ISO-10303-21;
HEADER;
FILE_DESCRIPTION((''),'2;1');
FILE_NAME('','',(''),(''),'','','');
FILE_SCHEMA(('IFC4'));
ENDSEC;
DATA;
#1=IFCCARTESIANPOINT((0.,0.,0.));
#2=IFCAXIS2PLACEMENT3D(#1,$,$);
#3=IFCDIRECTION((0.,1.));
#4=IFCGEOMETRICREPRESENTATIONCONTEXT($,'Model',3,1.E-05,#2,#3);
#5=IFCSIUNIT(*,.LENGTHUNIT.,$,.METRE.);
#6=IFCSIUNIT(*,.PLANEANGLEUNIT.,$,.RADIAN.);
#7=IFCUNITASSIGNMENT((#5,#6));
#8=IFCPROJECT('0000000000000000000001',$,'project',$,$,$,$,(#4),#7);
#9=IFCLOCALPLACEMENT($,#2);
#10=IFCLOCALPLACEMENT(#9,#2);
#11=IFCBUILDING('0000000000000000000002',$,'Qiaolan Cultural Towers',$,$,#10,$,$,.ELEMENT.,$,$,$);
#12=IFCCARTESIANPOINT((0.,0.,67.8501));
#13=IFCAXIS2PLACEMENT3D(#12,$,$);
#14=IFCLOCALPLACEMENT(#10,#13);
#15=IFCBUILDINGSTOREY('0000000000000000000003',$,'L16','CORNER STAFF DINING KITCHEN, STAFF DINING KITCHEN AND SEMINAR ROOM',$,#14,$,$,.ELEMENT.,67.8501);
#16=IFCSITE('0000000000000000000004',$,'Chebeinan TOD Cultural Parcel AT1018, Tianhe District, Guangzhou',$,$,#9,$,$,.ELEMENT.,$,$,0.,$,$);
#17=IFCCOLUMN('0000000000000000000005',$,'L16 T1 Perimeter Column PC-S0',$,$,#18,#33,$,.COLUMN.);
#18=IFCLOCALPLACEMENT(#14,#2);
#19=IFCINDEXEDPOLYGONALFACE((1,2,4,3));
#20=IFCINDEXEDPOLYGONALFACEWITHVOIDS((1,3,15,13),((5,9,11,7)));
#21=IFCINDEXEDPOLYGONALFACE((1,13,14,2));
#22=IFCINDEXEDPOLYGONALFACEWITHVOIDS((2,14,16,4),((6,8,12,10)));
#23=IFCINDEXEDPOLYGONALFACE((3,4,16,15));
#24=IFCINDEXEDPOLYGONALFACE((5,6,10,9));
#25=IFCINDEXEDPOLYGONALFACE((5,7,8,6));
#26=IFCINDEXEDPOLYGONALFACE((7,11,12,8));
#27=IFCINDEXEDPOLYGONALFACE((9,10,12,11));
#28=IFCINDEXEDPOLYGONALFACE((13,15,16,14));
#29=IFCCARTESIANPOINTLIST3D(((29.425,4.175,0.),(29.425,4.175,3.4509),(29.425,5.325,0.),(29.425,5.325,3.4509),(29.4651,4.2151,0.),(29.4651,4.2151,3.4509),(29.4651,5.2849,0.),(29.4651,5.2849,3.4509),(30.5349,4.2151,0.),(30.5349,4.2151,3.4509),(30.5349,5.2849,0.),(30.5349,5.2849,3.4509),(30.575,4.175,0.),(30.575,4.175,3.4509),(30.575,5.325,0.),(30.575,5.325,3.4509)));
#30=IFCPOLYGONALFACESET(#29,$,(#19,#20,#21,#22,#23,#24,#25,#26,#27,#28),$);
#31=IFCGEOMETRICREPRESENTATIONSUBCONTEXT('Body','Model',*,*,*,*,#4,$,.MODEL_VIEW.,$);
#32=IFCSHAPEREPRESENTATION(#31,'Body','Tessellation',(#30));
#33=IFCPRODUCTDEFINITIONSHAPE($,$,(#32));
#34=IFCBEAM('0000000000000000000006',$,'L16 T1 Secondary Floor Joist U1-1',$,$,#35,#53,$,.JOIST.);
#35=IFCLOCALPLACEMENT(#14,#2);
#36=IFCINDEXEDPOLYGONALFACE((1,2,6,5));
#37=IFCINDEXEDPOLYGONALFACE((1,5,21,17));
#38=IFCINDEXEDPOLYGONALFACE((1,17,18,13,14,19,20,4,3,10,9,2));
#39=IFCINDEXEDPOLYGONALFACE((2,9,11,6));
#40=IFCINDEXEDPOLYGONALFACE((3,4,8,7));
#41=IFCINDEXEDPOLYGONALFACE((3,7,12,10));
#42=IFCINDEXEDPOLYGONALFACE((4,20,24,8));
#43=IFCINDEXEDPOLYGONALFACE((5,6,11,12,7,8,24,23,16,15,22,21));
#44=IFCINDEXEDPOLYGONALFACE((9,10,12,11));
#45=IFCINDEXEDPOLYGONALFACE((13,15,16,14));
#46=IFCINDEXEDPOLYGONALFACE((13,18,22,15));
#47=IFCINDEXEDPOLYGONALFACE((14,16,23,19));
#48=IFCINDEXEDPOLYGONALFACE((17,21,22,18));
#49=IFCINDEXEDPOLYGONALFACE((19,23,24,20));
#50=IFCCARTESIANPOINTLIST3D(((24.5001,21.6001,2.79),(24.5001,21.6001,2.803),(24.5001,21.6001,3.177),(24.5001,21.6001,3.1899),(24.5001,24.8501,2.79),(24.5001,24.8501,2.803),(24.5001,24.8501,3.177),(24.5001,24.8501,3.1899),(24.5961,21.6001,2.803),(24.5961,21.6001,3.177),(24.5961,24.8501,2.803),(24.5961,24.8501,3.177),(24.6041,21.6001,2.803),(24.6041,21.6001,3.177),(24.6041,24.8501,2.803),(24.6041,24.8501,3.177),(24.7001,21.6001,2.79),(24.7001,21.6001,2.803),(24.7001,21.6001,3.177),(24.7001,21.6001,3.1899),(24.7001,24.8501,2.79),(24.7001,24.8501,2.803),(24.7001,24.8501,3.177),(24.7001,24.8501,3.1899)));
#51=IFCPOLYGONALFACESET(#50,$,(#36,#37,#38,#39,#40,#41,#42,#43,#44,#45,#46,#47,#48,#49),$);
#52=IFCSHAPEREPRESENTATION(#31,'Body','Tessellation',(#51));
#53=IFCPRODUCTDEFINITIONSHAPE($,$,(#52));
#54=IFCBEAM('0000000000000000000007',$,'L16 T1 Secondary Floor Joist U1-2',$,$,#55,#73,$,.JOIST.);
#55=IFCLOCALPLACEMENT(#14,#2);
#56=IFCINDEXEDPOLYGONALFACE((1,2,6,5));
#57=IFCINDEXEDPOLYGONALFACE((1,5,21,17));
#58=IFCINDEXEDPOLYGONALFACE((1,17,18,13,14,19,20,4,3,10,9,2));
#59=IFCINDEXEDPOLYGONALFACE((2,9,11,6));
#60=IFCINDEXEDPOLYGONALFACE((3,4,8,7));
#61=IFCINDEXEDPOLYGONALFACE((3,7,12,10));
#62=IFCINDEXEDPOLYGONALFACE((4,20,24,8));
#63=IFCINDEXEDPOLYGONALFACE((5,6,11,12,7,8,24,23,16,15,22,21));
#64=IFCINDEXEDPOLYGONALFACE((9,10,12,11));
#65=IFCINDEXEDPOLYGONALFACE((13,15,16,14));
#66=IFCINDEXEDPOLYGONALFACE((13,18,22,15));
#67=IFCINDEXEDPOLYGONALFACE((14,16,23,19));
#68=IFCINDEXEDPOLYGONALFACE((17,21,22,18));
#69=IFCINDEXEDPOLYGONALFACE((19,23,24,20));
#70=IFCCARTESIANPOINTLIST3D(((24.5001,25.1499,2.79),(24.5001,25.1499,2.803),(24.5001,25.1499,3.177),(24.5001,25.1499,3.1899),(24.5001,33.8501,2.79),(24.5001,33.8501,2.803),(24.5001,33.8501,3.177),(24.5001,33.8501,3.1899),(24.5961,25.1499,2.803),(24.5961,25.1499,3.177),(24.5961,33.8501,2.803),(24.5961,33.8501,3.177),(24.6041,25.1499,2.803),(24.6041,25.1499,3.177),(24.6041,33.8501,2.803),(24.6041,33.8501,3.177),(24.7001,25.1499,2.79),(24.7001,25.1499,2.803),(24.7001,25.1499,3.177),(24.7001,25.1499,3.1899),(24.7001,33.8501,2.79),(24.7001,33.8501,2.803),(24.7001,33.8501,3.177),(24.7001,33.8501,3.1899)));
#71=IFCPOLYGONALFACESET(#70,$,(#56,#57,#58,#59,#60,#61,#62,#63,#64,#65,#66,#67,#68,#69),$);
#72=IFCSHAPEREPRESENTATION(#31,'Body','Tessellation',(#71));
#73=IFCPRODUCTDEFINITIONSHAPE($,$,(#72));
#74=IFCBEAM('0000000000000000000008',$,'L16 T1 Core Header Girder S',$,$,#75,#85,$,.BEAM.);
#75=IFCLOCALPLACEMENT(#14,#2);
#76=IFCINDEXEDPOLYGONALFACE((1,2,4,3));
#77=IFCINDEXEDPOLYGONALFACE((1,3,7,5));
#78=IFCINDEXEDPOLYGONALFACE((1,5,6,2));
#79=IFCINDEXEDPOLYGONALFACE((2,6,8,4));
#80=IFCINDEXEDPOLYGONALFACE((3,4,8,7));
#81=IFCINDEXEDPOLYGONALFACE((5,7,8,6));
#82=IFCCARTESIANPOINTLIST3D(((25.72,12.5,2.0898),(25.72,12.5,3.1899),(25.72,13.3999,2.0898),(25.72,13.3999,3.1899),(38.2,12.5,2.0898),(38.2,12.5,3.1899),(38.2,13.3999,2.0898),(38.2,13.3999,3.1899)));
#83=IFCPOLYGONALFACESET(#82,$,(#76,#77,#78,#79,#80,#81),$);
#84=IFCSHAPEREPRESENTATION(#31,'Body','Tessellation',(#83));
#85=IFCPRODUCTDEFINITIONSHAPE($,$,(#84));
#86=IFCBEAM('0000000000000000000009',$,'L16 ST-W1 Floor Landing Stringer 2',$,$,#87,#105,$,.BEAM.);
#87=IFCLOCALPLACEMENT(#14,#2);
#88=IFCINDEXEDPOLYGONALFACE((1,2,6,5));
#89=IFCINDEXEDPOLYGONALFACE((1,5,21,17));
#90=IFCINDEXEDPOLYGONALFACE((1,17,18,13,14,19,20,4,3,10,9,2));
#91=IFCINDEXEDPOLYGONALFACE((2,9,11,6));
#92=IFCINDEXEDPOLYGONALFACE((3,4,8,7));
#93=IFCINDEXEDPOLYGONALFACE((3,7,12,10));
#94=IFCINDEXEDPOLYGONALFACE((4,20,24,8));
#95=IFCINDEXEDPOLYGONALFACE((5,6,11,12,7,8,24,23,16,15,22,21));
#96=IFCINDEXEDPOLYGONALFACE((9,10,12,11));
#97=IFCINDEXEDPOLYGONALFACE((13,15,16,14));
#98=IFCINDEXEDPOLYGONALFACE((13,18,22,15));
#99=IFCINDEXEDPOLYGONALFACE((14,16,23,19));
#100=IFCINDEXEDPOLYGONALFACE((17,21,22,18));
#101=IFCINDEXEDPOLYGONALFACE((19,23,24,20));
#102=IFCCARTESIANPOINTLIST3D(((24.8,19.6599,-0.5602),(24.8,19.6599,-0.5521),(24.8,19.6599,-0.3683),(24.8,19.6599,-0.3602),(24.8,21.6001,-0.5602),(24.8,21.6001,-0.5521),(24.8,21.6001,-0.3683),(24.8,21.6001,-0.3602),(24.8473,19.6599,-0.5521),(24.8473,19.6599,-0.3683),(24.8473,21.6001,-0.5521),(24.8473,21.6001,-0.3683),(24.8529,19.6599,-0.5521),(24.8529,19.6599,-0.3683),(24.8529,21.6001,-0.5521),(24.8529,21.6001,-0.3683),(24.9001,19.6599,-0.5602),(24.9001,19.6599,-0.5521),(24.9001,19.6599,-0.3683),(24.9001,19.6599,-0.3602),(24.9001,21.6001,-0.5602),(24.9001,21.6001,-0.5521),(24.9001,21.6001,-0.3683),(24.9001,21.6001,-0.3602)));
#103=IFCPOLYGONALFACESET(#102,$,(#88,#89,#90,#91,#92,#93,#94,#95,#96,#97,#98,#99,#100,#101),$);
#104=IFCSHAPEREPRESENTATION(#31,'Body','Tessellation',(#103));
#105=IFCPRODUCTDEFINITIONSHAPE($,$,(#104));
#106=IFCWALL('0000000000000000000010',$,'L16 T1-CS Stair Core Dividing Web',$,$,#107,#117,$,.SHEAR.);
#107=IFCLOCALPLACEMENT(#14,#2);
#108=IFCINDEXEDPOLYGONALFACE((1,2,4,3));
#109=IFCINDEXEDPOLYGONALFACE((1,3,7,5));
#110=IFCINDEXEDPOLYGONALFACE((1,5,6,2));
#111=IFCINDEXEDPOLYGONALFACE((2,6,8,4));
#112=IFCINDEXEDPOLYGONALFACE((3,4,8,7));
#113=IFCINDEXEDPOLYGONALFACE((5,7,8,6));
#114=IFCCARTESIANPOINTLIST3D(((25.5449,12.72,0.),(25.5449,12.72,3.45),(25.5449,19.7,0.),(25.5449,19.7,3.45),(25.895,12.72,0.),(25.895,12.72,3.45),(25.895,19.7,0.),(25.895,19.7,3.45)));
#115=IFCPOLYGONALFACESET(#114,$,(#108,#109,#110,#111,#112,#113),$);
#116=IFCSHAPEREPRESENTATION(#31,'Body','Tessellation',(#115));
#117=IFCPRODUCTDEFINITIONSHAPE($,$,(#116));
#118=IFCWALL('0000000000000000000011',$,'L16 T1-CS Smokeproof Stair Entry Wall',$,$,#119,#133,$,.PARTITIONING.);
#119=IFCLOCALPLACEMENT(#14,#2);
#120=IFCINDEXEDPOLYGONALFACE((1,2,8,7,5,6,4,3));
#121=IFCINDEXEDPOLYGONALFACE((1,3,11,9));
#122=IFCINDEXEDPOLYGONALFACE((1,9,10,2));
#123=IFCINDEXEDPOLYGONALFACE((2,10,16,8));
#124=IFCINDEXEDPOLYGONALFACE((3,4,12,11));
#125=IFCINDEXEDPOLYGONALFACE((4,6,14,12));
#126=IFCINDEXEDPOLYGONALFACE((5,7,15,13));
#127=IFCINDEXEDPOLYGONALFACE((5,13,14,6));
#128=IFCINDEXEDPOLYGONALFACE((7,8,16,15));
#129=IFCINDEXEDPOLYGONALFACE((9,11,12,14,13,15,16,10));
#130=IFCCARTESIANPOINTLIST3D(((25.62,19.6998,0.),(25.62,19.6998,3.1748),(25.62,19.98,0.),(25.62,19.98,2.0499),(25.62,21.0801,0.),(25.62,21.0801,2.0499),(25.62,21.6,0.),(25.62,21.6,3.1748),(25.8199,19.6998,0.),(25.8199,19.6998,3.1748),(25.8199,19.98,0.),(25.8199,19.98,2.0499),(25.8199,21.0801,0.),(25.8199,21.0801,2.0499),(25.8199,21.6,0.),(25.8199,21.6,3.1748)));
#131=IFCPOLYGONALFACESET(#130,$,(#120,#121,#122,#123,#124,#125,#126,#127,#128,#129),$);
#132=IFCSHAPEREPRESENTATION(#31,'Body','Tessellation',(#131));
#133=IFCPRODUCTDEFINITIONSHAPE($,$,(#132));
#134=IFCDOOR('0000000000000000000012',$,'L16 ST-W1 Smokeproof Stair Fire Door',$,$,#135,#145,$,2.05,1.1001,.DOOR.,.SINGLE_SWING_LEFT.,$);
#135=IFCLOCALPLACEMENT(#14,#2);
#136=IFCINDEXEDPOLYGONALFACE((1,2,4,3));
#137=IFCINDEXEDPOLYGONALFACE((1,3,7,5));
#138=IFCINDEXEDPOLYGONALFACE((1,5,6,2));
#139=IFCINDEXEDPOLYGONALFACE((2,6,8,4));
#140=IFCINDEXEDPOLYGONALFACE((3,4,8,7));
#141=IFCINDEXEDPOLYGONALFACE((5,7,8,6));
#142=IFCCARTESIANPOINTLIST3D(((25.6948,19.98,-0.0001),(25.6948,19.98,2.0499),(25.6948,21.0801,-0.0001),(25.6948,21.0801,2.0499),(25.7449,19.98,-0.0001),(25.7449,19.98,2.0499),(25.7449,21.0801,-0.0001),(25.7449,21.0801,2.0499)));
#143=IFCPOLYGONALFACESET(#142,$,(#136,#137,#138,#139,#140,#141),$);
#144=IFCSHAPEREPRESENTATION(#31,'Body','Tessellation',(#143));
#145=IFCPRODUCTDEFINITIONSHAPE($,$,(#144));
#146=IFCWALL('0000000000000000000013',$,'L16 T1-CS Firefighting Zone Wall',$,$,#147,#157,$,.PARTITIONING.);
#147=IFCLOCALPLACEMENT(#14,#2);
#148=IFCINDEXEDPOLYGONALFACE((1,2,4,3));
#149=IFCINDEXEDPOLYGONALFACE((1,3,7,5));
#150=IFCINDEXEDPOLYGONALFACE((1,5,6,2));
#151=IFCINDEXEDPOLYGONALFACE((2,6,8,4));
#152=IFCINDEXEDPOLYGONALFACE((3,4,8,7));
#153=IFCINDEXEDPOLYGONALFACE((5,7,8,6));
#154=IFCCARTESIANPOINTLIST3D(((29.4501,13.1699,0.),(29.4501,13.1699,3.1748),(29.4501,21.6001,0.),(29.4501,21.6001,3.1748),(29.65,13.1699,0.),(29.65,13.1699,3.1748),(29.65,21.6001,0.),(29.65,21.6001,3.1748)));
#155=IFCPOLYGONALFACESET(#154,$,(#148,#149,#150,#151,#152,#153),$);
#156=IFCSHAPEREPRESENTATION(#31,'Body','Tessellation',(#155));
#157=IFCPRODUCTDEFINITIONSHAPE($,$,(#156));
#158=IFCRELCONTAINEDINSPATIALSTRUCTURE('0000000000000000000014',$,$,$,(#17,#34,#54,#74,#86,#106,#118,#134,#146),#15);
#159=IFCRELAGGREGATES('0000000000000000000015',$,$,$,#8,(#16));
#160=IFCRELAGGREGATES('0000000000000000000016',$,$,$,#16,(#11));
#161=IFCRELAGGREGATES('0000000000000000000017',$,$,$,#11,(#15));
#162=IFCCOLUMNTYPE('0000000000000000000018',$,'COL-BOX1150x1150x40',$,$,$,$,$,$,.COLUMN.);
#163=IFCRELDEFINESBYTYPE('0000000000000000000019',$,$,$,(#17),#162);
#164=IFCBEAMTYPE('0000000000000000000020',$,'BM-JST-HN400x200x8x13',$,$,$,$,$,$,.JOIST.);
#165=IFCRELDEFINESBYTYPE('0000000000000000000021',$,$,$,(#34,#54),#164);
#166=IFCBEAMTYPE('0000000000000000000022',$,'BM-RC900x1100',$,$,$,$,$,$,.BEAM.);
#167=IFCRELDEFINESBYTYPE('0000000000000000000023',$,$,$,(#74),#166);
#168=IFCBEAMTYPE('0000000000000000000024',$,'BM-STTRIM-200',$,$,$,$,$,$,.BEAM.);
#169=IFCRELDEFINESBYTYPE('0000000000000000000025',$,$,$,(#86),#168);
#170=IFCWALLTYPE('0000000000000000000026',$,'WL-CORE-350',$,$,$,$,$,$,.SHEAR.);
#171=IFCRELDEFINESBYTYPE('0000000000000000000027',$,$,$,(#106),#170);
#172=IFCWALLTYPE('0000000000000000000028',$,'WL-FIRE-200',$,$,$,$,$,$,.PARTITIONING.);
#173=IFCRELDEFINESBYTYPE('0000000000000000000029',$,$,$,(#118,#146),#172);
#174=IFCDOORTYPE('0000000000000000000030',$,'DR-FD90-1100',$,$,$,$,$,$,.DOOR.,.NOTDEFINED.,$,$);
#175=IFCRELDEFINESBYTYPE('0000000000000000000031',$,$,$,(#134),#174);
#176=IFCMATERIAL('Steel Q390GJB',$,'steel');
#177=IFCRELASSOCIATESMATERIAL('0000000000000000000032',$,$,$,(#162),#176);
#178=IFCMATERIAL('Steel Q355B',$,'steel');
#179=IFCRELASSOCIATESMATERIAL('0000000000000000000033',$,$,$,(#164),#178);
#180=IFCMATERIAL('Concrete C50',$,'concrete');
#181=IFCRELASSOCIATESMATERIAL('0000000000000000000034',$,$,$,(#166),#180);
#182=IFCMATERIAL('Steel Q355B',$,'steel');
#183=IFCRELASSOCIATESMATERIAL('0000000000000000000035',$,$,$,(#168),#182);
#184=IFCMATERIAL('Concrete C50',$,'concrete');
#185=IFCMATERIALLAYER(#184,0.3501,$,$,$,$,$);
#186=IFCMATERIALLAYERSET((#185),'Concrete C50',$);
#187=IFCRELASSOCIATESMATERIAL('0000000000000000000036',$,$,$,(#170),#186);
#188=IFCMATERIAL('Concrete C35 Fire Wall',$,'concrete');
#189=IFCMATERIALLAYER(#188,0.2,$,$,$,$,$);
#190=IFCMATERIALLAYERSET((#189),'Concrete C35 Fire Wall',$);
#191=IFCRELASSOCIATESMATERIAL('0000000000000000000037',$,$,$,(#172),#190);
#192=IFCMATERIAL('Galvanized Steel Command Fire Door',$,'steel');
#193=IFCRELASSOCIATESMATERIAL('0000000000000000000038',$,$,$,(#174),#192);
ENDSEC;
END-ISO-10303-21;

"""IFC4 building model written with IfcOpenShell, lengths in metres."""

from ifc_helpers import new_model, si_unit, direction, frame, frame_2d, origin, origin_2d, place, context, subcontext, project, spatial, rectangle, hollow_rectangle, i_section, extrude, material, layer, layer_set, material_profile, profile_set, type_object, element, fill, save


model = new_model("IFC4")

# Units and contexts
model_context = context("Model", 3, precision=1e-05, world=origin(), true_north=direction((0.0, 1.0)))
body_context = subcontext(model_context, "Body", "Model", "MODEL_VIEW")
ifc_project = project(units=[si_unit("LENGTHUNIT", "METRE"), si_unit("PLANEANGLEUNIT", "RADIAN")], contexts=[model_context])

# Site, building, storey
site_placement = place(None, origin())
site = spatial("IfcSite", under=ifc_project, at=site_placement, Name="Chebeinan TOD Cultural Parcel AT1018, Tianhe District, Guangzhou", CompositionType="ELEMENT", RefElevation=0.0)
building_placement = place(site_placement, origin())
building = spatial("IfcBuilding", under=site, at=building_placement, Name="Qiaolan Cultural Towers", CompositionType="ELEMENT")
storey_placement = place(building_placement, frame((0.0, 0.0, 67.8501)))
storey = spatial("IfcBuildingStorey", under=building, at=storey_placement, Name="L16", Description="CORNER STAFF DINING KITCHEN, STAFF DINING KITCHEN AND SEMINAR ROOM", CompositionType="ELEMENT", Elevation=67.8501)

# Column
ifc_material_1 = material(Name="Steel Q390GJB", Category="steel")
ifc_material_profile_1 = material_profile(ifc_material_1, hollow_rectangle(XDim=1.1499, YDim=1.1499, WallThickness=0.04, at=origin_2d()), Name="BOX1150x1150x40")
ifc_profile_set_1 = profile_set([ifc_material_profile_1], Name="Steel Q390GJB")
column_type = type_object("IfcColumnType", Name="COL-BOX1150x1150x40", PredefinedType="COLUMN", material=ifc_profile_set_1)
column_placement = place(storey_placement, frame((30.0, 4.75, 0.0), z_axis=(0.0, 0.0, 1.0), x_axis=(1.0, 0.0, 0.0)))
element("IfcColumn", 1, at=column_placement, inside=storey, type_object=column_type, Name="L16 T1 Perimeter Column PC-S0", PredefinedType="COLUMN", context=body_context, shape_type="SweptSolid", body=[
    extrude(hollow_rectangle(XDim=1.1499, YDim=1.1499, WallThickness=0.04, at=origin_2d()), origin(), (0.0, 0.0, 1.0), 3.4509),
])

# Beams
ifc_material_2 = material(Name="Steel Q355B", Category="steel")
ifc_material_profile_2 = material_profile(ifc_material_2, i_section(OverallWidth=0.2, OverallDepth=0.3999, WebThickness=0.0081, FlangeThickness=0.0129, at=origin_2d()), Name="HN400x200x8x13")
ifc_profile_set_2 = profile_set([ifc_material_profile_2], Name="Steel Q355B")
beam_type_1 = type_object("IfcBeamType", Name="BM-JST-HN400x200x8x13", PredefinedType="JOIST", material=ifc_profile_set_2)
beam_1_placement = place(storey_placement, frame((24.6001, 21.6001, 2.99), z_axis=(0.0, 1.0, 0.0), x_axis=(-1.0, 0.0, 0.0)))
element("IfcBeam", 2, at=beam_1_placement, inside=storey, type_object=beam_type_1, Name="L16 T1 Secondary Floor Joist U1-1", PredefinedType="JOIST", context=body_context, shape_type="SweptSolid", body=[
    extrude(i_section(OverallWidth=0.2, OverallDepth=0.3999, WebThickness=0.0081, FlangeThickness=0.0129, at=origin_2d()), origin(), (0.0, 0.0, 1.0), 3.25),
])
beam_2_placement = place(storey_placement, frame((24.6001, 25.1499, 2.99), z_axis=(0.0, 1.0, 0.0), x_axis=(-1.0, 0.0, 0.0)))
element("IfcBeam", 3, at=beam_2_placement, inside=storey, type_object=beam_type_1, Name="L16 T1 Secondary Floor Joist U1-2", PredefinedType="JOIST", context=body_context, shape_type="SweptSolid", body=[
    extrude(i_section(OverallWidth=0.2, OverallDepth=0.3999, WebThickness=0.0081, FlangeThickness=0.0129, at=origin_2d()), origin(), (0.0, 0.0, 1.0), 8.7002),
])
ifc_material_3 = material(Name="Concrete C50", Category="concrete")
ifc_material_profile_3 = material_profile(ifc_material_3, rectangle(XDim=0.8999, YDim=1.1001, at=origin_2d()), Name="RC900x1100")
ifc_profile_set_3 = profile_set([ifc_material_profile_3], Name="Concrete C50")
beam_type_2 = type_object("IfcBeamType", Name="BM-RC900x1100", PredefinedType="BEAM", material=ifc_profile_set_3)
beam_3_placement = place(storey_placement, frame((25.72, 12.95, 2.6399), z_axis=(1.0, 0.0, 0.0), x_axis=(0.0, 1.0, 0.0)))
element("IfcBeam", 4, at=beam_3_placement, inside=storey, type_object=beam_type_2, Name="L16 T1 Core Header Girder S", PredefinedType="BEAM", context=body_context, shape_type="SweptSolid", body=[
    extrude(rectangle(XDim=0.8999, YDim=1.1001, at=origin_2d()), origin(), (0.0, 0.0, 1.0), 12.48),
])
ifc_material_4 = material(Name="Steel Q355B", Category="steel")
ifc_material_profile_4 = material_profile(ifc_material_4, i_section(OverallWidth=0.1001, OverallDepth=0.2, WebThickness=0.0056, FlangeThickness=0.0081, at=origin_2d()), Name="HN200x100x5.5x8")
ifc_profile_set_4 = profile_set([ifc_material_profile_4], Name="Steel Q355B")
beam_type_3 = type_object("IfcBeamType", Name="BM-STTRIM-200", PredefinedType="BEAM", material=ifc_profile_set_4)
beam_4_placement = place(storey_placement, frame((24.8501, 21.6001, -0.4602), z_axis=(0.0, -1.0, 0.0), x_axis=(1.0, 0.0, 0.0)))
element("IfcBeam", 5, at=beam_4_placement, inside=storey, type_object=beam_type_3, Name="L16 ST-W1 Floor Landing Stringer 2", PredefinedType="BEAM", context=body_context, shape_type="SweptSolid", body=[
    extrude(i_section(OverallWidth=0.1001, OverallDepth=0.2, WebThickness=0.0056, FlangeThickness=0.0081, at=origin_2d()), origin(), (0.0, 0.0, 1.0), 1.9402),
])

# Wall
ifc_material_5 = material(Name="Concrete C50", Category="concrete")
ifc_layer_1 = layer(ifc_material_5, 0.3501)
ifc_layer_set_1 = layer_set([ifc_layer_1], Name="Concrete C50")
wall_type_1 = type_object("IfcWallType", Name="WL-CORE-350", PredefinedType="SHEAR", material=ifc_layer_set_1)
wall_1_placement = place(storey_placement, frame((25.72, 19.7, 0.0), z_axis=(0.0, 0.0, 1.0), x_axis=(0.0, -1.0, 0.0)))
element("IfcWall", 6, at=wall_1_placement, inside=storey, type_object=wall_type_1, Name="L16 T1-CS Stair Core Dividing Web", PredefinedType="SHEAR", context=body_context, shape_type="SweptSolid", body=[
    extrude(rectangle(XDim=6.98, YDim=0.3501, at=frame_2d((3.49, 0.0))), origin(), (0.0, 0.0, 1.0), 3.45),
])

# Wall, opening, door
ifc_material_6 = material(Name="Concrete C35 Fire Wall", Category="concrete")
ifc_layer_2 = layer(ifc_material_6, 0.2)
ifc_layer_set_2 = layer_set([ifc_layer_2], Name="Concrete C35 Fire Wall")
wall_type_2 = type_object("IfcWallType", Name="WL-FIRE-200", PredefinedType="PARTITIONING", material=ifc_layer_set_2)
wall_2_placement = place(storey_placement, frame((25.72, 21.6001, 0.0), z_axis=(0.0, 0.0, 1.0), x_axis=(0.0, -1.0, 0.0)))
wall_2 = element("IfcWall", 7, at=wall_2_placement, inside=storey, type_object=wall_type_2, Name="L16 T1-CS Smokeproof Stair Entry Wall", PredefinedType="PARTITIONING", context=body_context, shape_type="SweptSolid", body=[
    extrude(rectangle(XDim=1.9001, YDim=0.2, at=frame_2d((0.9502, 0.0))), origin(), (0.0, 0.0, 1.0), 3.1748),
])
opening_1_placement = place(wall_2_placement, frame((0.52, 0.0, 0.0)))
opening_1 = element("IfcOpeningElement", 8, at=opening_1_placement, cuts=wall_2, PredefinedType="OPENING", context=body_context, shape_type="SweptSolid", body=[
    extrude(rectangle(XDim=1.1001, YDim=2.05, at=frame_2d((0.55, 1.0249))), frame((0.0, 0.1099, 0.0), z_axis=(0.0, -1.0, 0.0), x_axis=(1.0, 0.0, 0.0)), (0.0, 0.0, 1.0), 0.22),
])
ifc_material_7 = material(Name="Galvanized Steel Command Fire Door", Category="steel")
door_type_1 = type_object("IfcDoorType", Name="DR-FD90-1100", OperationType="NOTDEFINED", PredefinedType="DOOR", material=ifc_material_7)
door_1_placement = place(opening_1_placement, origin())
door_1 = element("IfcDoor", 9, at=door_1_placement, inside=storey, type_object=door_type_1, Name="L16 ST-W1 Smokeproof Stair Fire Door", OperationType="SINGLE_SWING_LEFT", OverallHeight=2.05, OverallWidth=1.1001, PredefinedType="DOOR", context=body_context, shape_type="SweptSolid", body=[
    extrude(rectangle(XDim=1.1001, YDim=2.05, at=frame_2d((0.55, 1.0249))), frame((0.0, 0.0249, 0.0), z_axis=(0.0, -1.0, 0.0), x_axis=(1.0, 0.0, 0.0)), (0.0, 0.0, 1.0), 0.05),
])
fill(opening_1, door_1)

# Wall
wall_3_placement = place(storey_placement, frame((29.55, 21.6001, 0.0), z_axis=(0.0, 0.0, 1.0), x_axis=(0.0, -1.0, 0.0)))
element("IfcWall", 10, at=wall_3_placement, inside=storey, type_object=wall_type_2, Name="L16 T1-CS Firefighting Zone Wall", PredefinedType="PARTITIONING", context=body_context, shape_type="SweptSolid", body=[
    extrude(rectangle(XDim=8.4302, YDim=0.2, at=frame_2d((4.2151, 0.0))), origin(), (0.0, 0.0, 1.0), 3.1748),
])

save(model, "model.ifc")
